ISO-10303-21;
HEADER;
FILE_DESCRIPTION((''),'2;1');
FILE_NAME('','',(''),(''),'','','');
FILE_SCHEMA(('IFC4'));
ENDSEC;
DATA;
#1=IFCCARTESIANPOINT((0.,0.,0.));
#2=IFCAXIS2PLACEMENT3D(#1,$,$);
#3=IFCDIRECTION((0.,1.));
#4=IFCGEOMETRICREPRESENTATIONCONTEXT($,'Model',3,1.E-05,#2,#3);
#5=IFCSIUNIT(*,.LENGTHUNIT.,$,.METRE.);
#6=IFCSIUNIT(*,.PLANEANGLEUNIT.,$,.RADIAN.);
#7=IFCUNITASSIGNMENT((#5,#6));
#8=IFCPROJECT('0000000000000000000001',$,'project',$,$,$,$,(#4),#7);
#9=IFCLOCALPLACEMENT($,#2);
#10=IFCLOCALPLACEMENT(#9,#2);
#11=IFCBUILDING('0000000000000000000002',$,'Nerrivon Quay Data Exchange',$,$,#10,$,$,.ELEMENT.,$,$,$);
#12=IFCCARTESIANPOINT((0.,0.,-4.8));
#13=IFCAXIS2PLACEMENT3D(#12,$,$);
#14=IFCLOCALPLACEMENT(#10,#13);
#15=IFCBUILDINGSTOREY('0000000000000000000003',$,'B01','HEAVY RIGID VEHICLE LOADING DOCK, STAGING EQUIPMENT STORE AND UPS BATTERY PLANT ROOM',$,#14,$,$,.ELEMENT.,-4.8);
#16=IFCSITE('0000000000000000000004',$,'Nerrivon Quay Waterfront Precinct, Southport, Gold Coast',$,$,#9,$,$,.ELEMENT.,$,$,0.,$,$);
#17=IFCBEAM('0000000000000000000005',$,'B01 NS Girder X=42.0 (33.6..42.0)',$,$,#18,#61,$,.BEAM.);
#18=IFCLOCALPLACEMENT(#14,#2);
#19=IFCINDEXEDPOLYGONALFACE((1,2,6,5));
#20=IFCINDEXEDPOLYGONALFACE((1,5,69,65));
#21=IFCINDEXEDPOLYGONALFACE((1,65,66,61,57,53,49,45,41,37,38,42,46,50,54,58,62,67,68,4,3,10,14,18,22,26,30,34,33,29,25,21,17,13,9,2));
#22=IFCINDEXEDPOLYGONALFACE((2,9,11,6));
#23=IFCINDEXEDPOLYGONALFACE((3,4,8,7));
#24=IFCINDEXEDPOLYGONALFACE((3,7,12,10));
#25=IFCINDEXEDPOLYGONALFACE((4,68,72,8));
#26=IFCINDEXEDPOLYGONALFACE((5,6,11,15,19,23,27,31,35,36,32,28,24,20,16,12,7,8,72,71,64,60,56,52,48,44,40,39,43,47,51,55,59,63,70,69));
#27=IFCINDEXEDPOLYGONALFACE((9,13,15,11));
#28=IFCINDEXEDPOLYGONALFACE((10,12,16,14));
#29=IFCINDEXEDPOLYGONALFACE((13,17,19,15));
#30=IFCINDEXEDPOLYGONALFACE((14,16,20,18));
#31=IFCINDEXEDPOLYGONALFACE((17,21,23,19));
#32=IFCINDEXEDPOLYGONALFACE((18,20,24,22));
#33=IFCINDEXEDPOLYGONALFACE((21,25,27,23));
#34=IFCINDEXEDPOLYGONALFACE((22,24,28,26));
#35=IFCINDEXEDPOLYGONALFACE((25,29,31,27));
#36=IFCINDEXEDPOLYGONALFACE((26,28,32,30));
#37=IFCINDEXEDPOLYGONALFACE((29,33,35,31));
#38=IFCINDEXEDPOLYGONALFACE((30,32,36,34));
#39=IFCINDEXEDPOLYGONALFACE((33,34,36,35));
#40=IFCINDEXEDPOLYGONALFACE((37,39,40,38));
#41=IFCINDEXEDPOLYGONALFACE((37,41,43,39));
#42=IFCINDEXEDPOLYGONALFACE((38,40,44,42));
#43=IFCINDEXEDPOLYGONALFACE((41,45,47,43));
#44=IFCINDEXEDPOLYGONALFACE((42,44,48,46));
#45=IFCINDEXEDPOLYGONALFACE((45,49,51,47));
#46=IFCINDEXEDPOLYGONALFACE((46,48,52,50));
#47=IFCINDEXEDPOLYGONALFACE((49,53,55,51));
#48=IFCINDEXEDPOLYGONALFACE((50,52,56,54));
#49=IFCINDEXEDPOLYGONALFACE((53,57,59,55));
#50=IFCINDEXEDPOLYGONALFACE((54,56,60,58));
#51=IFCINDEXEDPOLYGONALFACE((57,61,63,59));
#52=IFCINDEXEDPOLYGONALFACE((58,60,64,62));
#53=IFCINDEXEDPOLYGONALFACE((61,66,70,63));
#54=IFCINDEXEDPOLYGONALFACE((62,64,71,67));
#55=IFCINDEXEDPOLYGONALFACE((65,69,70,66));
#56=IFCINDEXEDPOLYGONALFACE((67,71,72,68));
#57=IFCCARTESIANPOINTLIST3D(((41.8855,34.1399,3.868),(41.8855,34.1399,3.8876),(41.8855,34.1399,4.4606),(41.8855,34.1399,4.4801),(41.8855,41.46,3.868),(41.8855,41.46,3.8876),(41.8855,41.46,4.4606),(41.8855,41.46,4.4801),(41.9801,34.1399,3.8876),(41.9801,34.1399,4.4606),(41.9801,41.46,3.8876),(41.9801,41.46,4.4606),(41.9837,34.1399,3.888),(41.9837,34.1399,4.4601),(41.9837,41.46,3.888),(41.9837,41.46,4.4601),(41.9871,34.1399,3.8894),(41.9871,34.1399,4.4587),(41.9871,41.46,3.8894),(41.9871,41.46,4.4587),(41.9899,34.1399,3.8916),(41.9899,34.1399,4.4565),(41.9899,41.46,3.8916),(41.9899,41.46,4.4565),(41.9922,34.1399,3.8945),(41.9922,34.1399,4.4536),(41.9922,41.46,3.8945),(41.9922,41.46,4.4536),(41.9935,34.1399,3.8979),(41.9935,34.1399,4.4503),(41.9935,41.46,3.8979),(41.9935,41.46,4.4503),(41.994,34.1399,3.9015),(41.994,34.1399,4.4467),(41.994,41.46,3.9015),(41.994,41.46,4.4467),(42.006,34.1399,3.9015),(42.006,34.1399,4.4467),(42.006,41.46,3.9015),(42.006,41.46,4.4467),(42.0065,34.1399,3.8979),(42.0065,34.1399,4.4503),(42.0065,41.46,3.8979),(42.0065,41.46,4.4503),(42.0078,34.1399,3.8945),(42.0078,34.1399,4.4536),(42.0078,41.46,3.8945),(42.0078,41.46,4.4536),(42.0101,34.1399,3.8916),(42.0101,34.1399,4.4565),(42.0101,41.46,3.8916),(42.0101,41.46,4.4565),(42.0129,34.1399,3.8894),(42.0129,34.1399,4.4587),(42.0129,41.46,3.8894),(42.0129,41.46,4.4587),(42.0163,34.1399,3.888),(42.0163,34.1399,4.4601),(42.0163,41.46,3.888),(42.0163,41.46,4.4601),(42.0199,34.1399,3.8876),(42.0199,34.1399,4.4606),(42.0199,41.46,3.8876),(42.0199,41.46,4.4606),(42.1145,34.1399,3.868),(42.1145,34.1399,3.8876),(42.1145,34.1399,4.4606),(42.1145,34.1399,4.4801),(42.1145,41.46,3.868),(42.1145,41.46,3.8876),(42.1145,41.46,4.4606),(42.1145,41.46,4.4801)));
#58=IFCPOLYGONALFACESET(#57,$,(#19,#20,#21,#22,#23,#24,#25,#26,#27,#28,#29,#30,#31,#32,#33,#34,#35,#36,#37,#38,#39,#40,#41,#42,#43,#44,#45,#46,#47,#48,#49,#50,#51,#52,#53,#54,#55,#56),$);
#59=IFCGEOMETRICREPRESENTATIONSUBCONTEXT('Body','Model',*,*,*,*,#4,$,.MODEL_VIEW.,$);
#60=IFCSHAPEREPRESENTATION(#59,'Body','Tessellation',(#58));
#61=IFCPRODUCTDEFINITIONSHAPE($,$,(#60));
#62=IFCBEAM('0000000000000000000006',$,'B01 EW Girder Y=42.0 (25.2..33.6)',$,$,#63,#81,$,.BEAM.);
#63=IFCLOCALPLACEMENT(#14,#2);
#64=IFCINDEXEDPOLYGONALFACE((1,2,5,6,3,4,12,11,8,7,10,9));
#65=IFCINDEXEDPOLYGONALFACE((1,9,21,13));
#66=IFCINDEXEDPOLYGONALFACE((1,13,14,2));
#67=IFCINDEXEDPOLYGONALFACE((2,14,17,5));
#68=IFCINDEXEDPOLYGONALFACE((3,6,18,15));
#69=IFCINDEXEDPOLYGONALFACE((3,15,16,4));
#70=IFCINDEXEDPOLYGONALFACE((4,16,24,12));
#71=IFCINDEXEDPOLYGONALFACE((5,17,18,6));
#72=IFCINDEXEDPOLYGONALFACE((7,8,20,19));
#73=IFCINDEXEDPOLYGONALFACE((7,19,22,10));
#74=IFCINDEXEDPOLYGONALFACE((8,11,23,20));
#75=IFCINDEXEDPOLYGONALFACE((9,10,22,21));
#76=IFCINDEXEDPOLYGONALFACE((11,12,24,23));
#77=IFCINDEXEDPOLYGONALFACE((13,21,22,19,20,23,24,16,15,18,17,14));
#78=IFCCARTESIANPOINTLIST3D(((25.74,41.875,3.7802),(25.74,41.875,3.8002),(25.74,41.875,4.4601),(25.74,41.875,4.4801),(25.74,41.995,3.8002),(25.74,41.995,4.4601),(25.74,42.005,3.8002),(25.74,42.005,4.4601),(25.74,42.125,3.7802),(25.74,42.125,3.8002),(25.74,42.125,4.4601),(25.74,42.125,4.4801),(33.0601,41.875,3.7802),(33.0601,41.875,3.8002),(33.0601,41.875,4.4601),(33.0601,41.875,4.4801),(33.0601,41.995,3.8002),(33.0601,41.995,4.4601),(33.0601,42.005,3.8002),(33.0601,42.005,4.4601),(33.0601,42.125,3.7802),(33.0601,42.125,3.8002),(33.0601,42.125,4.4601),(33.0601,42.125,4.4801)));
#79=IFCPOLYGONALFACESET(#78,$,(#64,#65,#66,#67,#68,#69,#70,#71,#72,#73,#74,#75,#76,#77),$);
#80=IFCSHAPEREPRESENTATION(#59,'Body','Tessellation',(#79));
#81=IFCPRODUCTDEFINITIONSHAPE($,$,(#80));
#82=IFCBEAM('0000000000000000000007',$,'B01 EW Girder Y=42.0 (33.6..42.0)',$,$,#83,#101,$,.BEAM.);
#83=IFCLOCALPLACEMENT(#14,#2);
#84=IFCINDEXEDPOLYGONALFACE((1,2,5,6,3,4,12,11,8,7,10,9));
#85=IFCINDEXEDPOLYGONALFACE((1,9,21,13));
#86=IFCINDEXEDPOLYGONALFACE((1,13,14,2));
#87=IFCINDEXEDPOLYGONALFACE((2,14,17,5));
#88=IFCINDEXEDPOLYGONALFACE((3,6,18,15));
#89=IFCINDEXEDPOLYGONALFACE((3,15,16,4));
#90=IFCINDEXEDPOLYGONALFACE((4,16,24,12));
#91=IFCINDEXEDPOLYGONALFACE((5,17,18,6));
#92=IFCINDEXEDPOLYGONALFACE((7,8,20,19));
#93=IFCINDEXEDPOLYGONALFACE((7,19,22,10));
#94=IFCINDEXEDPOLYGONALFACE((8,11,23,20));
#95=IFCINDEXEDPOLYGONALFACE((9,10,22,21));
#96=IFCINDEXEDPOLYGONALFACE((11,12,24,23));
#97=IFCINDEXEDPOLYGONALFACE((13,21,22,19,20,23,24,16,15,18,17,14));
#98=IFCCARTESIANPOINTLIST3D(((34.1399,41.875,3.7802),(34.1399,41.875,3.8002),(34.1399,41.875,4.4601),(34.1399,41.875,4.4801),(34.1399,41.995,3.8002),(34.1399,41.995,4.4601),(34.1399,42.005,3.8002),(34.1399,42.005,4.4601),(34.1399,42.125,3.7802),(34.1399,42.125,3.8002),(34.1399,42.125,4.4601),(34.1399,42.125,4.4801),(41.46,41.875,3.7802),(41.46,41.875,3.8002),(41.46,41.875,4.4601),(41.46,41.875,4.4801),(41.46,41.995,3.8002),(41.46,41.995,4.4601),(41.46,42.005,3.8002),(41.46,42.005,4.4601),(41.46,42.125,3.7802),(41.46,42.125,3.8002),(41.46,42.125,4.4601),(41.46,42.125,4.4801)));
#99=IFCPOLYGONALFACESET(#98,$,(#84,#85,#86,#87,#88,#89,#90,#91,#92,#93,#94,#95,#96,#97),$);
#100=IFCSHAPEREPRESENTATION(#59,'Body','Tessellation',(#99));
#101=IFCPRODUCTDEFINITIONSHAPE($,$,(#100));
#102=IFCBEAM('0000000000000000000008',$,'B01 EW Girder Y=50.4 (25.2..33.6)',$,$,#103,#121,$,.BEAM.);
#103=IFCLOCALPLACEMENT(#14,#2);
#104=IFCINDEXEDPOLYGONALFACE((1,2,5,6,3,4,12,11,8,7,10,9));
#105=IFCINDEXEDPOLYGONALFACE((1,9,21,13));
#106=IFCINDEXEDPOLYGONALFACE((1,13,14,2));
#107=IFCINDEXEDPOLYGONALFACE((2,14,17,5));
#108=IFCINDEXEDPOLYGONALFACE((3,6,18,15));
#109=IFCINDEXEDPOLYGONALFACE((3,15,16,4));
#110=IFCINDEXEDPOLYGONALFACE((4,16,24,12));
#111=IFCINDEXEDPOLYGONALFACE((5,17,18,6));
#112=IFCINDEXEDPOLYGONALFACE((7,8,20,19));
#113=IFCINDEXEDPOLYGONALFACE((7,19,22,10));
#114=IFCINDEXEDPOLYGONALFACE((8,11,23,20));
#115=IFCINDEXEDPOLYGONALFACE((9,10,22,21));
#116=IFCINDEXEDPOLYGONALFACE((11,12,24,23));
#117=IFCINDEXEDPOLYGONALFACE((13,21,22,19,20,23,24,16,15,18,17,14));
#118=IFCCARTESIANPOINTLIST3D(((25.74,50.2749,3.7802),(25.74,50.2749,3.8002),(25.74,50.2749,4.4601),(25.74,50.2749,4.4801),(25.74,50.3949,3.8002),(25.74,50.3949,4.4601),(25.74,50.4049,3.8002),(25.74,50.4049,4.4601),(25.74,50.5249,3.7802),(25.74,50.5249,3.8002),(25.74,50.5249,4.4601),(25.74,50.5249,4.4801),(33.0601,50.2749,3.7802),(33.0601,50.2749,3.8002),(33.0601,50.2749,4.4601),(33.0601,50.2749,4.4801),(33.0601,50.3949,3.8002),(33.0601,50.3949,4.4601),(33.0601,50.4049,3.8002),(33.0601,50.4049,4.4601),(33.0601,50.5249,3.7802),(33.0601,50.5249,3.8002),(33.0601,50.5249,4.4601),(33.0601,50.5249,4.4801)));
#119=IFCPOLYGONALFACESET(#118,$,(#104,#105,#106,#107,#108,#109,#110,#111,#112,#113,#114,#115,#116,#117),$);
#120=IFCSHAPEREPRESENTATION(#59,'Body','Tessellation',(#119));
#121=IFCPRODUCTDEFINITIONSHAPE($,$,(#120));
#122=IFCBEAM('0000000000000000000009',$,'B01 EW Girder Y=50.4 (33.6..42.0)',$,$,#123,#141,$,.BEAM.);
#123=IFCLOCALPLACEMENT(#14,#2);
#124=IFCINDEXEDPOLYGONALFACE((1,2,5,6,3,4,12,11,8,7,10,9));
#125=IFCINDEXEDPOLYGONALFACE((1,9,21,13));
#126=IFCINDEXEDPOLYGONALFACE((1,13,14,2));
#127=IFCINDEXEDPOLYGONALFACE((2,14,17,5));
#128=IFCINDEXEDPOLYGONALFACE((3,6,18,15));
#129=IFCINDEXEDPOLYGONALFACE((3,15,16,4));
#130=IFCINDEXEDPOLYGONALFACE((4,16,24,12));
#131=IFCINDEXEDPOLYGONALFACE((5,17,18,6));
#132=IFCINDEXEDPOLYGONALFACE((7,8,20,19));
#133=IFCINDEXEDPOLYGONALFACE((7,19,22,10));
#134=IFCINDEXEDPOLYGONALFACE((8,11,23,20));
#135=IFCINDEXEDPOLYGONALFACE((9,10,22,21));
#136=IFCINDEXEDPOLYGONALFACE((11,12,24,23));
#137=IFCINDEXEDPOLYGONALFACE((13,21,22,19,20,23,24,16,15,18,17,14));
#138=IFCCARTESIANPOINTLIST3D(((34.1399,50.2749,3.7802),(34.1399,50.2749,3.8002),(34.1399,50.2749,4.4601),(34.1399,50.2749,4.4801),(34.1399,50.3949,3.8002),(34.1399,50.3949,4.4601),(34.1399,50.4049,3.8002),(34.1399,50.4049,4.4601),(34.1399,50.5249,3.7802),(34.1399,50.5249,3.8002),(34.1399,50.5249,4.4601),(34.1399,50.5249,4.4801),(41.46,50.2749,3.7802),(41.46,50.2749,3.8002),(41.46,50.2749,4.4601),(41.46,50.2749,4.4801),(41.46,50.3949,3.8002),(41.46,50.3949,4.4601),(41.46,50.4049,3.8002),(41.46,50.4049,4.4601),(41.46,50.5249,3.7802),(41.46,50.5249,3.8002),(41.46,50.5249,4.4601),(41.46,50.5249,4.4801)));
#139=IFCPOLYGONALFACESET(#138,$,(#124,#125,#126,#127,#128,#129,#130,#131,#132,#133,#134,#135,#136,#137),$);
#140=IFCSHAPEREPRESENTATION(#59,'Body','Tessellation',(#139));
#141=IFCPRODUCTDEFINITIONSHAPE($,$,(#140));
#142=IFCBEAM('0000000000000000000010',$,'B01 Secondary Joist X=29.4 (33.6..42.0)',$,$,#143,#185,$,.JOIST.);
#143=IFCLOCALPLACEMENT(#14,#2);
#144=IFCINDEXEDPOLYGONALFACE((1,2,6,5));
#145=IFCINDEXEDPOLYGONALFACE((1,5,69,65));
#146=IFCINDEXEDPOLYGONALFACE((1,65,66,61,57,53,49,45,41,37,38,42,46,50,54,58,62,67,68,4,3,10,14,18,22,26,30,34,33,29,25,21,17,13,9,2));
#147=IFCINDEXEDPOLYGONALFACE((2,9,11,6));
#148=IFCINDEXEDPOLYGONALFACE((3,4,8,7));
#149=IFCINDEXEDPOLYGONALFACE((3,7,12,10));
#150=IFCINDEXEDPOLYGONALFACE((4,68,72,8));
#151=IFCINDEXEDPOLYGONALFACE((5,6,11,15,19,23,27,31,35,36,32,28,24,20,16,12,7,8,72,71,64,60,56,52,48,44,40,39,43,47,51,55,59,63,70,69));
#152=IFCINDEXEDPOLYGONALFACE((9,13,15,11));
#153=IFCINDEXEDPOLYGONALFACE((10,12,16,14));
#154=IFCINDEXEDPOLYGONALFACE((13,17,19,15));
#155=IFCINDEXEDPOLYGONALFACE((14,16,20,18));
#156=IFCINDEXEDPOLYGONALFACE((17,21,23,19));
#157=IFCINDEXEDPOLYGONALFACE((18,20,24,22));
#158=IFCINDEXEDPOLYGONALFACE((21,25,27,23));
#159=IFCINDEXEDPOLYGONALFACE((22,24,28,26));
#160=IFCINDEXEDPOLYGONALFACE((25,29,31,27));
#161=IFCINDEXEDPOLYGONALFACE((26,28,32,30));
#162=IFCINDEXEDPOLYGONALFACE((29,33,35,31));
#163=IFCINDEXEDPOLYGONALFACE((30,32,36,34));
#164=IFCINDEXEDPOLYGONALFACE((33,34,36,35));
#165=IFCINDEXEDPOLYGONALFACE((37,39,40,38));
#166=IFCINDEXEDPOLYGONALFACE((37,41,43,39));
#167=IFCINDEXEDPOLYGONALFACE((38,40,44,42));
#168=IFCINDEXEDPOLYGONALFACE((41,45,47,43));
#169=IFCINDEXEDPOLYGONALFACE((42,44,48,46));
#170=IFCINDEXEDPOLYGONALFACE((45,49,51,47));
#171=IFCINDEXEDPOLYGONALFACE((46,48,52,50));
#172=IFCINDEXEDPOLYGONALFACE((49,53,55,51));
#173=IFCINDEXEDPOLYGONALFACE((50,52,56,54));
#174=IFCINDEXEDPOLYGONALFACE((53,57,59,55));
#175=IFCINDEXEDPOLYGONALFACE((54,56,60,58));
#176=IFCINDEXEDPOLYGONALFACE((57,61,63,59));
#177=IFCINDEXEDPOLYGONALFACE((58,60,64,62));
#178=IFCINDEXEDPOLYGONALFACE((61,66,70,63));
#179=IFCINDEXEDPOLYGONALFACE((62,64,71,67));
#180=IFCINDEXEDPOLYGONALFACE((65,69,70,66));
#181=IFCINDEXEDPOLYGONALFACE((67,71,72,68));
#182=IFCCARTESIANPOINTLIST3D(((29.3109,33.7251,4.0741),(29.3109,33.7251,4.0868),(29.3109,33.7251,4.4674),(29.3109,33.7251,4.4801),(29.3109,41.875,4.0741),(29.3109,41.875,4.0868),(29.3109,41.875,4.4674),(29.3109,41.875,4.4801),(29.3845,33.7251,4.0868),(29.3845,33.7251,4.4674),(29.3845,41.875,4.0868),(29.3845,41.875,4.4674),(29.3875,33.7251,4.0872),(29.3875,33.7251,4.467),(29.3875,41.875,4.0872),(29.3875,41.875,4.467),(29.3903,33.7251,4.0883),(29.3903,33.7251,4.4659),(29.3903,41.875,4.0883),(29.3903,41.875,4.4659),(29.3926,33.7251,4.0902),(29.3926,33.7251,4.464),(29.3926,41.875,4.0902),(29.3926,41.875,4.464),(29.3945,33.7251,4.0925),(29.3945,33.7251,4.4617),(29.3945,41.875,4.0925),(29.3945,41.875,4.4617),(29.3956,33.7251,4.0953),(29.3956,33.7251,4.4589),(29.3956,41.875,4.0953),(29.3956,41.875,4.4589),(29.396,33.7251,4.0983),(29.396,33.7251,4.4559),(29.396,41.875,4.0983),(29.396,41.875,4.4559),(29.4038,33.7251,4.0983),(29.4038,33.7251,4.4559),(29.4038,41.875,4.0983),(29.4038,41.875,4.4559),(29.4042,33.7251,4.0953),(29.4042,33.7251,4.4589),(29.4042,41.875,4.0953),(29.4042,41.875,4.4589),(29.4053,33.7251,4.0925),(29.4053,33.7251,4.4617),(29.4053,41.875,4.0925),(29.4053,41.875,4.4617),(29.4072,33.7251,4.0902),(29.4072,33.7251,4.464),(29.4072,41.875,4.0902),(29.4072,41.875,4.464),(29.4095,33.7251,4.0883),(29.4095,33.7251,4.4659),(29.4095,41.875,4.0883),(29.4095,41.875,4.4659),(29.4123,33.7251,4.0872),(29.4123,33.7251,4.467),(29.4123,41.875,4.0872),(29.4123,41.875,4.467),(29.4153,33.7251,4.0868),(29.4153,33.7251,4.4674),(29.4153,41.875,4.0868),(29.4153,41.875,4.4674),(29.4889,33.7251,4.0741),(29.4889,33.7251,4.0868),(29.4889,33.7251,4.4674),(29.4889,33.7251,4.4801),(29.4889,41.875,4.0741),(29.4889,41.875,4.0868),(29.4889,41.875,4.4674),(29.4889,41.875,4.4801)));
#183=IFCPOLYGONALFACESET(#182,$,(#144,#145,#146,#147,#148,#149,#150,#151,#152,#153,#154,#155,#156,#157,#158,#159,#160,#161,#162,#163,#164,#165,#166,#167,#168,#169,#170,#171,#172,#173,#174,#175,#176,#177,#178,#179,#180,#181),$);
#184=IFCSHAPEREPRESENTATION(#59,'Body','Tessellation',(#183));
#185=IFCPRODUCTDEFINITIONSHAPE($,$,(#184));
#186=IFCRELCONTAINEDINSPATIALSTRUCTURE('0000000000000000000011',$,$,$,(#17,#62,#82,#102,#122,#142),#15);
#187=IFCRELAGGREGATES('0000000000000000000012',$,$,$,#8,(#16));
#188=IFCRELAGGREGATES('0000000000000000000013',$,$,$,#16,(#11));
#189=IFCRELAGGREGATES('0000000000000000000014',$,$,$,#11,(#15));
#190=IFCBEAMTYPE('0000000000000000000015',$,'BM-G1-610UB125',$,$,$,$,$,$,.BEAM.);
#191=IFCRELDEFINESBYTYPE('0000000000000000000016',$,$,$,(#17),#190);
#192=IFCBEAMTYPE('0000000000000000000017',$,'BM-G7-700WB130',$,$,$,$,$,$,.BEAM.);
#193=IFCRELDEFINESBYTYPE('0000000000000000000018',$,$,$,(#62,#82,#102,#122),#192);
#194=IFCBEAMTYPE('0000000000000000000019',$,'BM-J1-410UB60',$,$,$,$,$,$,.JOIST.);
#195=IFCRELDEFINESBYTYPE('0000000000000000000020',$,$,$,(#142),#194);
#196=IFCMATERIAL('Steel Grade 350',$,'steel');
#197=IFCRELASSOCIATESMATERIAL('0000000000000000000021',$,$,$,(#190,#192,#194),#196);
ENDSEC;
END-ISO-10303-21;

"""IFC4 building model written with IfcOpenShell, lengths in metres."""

from ifc_helpers import new_model, si_unit, direction, frame, origin, origin_2d, place, context, subcontext, project, spatial, i_section, extrude, material, material_profile, profile_set, type_object, element, save


model = new_model("IFC4")

# Units and contexts
model_context = context("Model", 3, precision=1e-05, world=origin(), true_north=direction((0.0, 1.0)))
body_context = subcontext(model_context, "Body", "Model", "MODEL_VIEW")
ifc_project = project(units=[si_unit("LENGTHUNIT", "METRE"), si_unit("PLANEANGLEUNIT", "RADIAN")], contexts=[model_context])

# Site, building, storey
site_placement = place(None, origin())
site = spatial("IfcSite", under=ifc_project, at=site_placement, Name="Nerrivon Quay Waterfront Precinct, Southport, Gold Coast", CompositionType="ELEMENT", RefElevation=0.0)
building_placement = place(site_placement, origin())
building = spatial("IfcBuilding", under=site, at=building_placement, Name="Nerrivon Quay Data Exchange", CompositionType="ELEMENT")
storey_placement = place(building_placement, frame((0.0, 0.0, -4.8)))
storey = spatial("IfcBuildingStorey", under=building, at=storey_placement, Name="B01", Description="HEAVY RIGID VEHICLE LOADING DOCK, STAGING EQUIPMENT STORE AND UPS BATTERY PLANT ROOM", CompositionType="ELEMENT", Elevation=-4.8)

# Beams
ifc_material_1 = material(Name="Steel Grade 350", Category="steel")
ifc_material_profile_1 = material_profile(ifc_material_1, i_section(OverallWidth=0.229, OverallDepth=0.6121, WebThickness=0.012, FlangeThickness=0.0195, FilletRadius=0.0139, at=origin_2d()), Name="610UB125")
ifc_profile_set_1 = profile_set([ifc_material_profile_1], Name="Steel Grade 350")
beam_type_1 = type_object("IfcBeamType", Name="BM-G1-610UB125", PredefinedType="BEAM", material=ifc_profile_set_1)
for number, where, z_axis, x_axis, name in (
    (1, (42.0, 34.1399, 4.1741), (0.0, 1.0, 0.0), (-1.0, 0.0, 0.0), "B01 NS Girder X=42.0 (33.6..42.0)"),
):
    element("IfcBeam", number, at=place(storey_placement, frame(where, z_axis=z_axis, x_axis=x_axis)), inside=storey, type_object=beam_type_1, Name=name, PredefinedType="BEAM", context=body_context, shape_type="SweptSolid", body=[
        extrude(i_section(OverallWidth=0.229, OverallDepth=0.6121, WebThickness=0.012, FlangeThickness=0.0195, FilletRadius=0.0139, at=origin_2d()), origin(), (0.0, 0.0, 1.0), 7.3201),
    ])
ifc_material_profile_2 = material_profile(ifc_material_1, i_section(OverallWidth=0.25, OverallDepth=0.7, WebThickness=0.01, FlangeThickness=0.02, at=origin_2d()), Name="700WB130")
ifc_profile_set_2 = profile_set([ifc_material_profile_2], Name="Steel Grade 350")
beam_type_2 = type_object("IfcBeamType", Name="BM-G7-700WB130", PredefinedType="BEAM", material=ifc_profile_set_2)
for number, where, z_axis, x_axis, name in (
    (2, (25.74, 42.0, 4.1301), (1.0, 0.0, 0.0), (0.0, 1.0, 0.0), "B01 EW Girder Y=42.0 (25.2..33.6)"),
    (3, (34.1399, 42.0, 4.1301), (1.0, 0.0, 0.0), (0.0, 1.0, 0.0), "B01 EW Girder Y=42.0 (33.6..42.0)"),
    (4, (25.74, 50.3999, 4.1301), (1.0, 0.0, 0.0), (0.0, 1.0, 0.0), "B01 EW Girder Y=50.4 (25.2..33.6)"),
    (5, (34.1399, 50.3999, 4.1301), (1.0, 0.0, 0.0), (0.0, 1.0, 0.0), "B01 EW Girder Y=50.4 (33.6..42.0)"),
):
    element("IfcBeam", number, at=place(storey_placement, frame(where, z_axis=z_axis, x_axis=x_axis)), inside=storey, type_object=beam_type_2, Name=name, PredefinedType="BEAM", context=body_context, shape_type="SweptSolid", body=[
        extrude(i_section(OverallWidth=0.25, OverallDepth=0.7, WebThickness=0.01, FlangeThickness=0.02, at=origin_2d()), origin(), (0.0, 0.0, 1.0), 7.3201),
    ])
ifc_material_profile_3 = material_profile(ifc_material_1, i_section(OverallWidth=0.178, OverallDepth=0.406, WebThickness=0.0078, FlangeThickness=0.0127, FilletRadius=0.0115, at=origin_2d()), Name="410UB59.7")
ifc_profile_set_3 = profile_set([ifc_material_profile_3], Name="Steel Grade 350")
beam_type_3 = type_object("IfcBeamType", Name="BM-J1-410UB60", PredefinedType="JOIST", material=ifc_profile_set_3)
for number, where, z_axis, x_axis, name in (
    (6, (29.3999, 33.7251, 4.2771), (0.0, 1.0, 0.0), (-1.0, 0.0, 0.0), "B01 Secondary Joist X=29.4 (33.6..42.0)"),
):
    element("IfcBeam", number, at=place(storey_placement, frame(where, z_axis=z_axis, x_axis=x_axis)), inside=storey, type_object=beam_type_3, Name=name, PredefinedType="JOIST", context=body_context, shape_type="SweptSolid", body=[
        extrude(i_section(OverallWidth=0.178, OverallDepth=0.406, WebThickness=0.0078, FlangeThickness=0.0127, FilletRadius=0.0115, at=origin_2d()), origin(), (0.0, 0.0, 1.0), 8.1499),
    ])

save(model, "model.ifc")
